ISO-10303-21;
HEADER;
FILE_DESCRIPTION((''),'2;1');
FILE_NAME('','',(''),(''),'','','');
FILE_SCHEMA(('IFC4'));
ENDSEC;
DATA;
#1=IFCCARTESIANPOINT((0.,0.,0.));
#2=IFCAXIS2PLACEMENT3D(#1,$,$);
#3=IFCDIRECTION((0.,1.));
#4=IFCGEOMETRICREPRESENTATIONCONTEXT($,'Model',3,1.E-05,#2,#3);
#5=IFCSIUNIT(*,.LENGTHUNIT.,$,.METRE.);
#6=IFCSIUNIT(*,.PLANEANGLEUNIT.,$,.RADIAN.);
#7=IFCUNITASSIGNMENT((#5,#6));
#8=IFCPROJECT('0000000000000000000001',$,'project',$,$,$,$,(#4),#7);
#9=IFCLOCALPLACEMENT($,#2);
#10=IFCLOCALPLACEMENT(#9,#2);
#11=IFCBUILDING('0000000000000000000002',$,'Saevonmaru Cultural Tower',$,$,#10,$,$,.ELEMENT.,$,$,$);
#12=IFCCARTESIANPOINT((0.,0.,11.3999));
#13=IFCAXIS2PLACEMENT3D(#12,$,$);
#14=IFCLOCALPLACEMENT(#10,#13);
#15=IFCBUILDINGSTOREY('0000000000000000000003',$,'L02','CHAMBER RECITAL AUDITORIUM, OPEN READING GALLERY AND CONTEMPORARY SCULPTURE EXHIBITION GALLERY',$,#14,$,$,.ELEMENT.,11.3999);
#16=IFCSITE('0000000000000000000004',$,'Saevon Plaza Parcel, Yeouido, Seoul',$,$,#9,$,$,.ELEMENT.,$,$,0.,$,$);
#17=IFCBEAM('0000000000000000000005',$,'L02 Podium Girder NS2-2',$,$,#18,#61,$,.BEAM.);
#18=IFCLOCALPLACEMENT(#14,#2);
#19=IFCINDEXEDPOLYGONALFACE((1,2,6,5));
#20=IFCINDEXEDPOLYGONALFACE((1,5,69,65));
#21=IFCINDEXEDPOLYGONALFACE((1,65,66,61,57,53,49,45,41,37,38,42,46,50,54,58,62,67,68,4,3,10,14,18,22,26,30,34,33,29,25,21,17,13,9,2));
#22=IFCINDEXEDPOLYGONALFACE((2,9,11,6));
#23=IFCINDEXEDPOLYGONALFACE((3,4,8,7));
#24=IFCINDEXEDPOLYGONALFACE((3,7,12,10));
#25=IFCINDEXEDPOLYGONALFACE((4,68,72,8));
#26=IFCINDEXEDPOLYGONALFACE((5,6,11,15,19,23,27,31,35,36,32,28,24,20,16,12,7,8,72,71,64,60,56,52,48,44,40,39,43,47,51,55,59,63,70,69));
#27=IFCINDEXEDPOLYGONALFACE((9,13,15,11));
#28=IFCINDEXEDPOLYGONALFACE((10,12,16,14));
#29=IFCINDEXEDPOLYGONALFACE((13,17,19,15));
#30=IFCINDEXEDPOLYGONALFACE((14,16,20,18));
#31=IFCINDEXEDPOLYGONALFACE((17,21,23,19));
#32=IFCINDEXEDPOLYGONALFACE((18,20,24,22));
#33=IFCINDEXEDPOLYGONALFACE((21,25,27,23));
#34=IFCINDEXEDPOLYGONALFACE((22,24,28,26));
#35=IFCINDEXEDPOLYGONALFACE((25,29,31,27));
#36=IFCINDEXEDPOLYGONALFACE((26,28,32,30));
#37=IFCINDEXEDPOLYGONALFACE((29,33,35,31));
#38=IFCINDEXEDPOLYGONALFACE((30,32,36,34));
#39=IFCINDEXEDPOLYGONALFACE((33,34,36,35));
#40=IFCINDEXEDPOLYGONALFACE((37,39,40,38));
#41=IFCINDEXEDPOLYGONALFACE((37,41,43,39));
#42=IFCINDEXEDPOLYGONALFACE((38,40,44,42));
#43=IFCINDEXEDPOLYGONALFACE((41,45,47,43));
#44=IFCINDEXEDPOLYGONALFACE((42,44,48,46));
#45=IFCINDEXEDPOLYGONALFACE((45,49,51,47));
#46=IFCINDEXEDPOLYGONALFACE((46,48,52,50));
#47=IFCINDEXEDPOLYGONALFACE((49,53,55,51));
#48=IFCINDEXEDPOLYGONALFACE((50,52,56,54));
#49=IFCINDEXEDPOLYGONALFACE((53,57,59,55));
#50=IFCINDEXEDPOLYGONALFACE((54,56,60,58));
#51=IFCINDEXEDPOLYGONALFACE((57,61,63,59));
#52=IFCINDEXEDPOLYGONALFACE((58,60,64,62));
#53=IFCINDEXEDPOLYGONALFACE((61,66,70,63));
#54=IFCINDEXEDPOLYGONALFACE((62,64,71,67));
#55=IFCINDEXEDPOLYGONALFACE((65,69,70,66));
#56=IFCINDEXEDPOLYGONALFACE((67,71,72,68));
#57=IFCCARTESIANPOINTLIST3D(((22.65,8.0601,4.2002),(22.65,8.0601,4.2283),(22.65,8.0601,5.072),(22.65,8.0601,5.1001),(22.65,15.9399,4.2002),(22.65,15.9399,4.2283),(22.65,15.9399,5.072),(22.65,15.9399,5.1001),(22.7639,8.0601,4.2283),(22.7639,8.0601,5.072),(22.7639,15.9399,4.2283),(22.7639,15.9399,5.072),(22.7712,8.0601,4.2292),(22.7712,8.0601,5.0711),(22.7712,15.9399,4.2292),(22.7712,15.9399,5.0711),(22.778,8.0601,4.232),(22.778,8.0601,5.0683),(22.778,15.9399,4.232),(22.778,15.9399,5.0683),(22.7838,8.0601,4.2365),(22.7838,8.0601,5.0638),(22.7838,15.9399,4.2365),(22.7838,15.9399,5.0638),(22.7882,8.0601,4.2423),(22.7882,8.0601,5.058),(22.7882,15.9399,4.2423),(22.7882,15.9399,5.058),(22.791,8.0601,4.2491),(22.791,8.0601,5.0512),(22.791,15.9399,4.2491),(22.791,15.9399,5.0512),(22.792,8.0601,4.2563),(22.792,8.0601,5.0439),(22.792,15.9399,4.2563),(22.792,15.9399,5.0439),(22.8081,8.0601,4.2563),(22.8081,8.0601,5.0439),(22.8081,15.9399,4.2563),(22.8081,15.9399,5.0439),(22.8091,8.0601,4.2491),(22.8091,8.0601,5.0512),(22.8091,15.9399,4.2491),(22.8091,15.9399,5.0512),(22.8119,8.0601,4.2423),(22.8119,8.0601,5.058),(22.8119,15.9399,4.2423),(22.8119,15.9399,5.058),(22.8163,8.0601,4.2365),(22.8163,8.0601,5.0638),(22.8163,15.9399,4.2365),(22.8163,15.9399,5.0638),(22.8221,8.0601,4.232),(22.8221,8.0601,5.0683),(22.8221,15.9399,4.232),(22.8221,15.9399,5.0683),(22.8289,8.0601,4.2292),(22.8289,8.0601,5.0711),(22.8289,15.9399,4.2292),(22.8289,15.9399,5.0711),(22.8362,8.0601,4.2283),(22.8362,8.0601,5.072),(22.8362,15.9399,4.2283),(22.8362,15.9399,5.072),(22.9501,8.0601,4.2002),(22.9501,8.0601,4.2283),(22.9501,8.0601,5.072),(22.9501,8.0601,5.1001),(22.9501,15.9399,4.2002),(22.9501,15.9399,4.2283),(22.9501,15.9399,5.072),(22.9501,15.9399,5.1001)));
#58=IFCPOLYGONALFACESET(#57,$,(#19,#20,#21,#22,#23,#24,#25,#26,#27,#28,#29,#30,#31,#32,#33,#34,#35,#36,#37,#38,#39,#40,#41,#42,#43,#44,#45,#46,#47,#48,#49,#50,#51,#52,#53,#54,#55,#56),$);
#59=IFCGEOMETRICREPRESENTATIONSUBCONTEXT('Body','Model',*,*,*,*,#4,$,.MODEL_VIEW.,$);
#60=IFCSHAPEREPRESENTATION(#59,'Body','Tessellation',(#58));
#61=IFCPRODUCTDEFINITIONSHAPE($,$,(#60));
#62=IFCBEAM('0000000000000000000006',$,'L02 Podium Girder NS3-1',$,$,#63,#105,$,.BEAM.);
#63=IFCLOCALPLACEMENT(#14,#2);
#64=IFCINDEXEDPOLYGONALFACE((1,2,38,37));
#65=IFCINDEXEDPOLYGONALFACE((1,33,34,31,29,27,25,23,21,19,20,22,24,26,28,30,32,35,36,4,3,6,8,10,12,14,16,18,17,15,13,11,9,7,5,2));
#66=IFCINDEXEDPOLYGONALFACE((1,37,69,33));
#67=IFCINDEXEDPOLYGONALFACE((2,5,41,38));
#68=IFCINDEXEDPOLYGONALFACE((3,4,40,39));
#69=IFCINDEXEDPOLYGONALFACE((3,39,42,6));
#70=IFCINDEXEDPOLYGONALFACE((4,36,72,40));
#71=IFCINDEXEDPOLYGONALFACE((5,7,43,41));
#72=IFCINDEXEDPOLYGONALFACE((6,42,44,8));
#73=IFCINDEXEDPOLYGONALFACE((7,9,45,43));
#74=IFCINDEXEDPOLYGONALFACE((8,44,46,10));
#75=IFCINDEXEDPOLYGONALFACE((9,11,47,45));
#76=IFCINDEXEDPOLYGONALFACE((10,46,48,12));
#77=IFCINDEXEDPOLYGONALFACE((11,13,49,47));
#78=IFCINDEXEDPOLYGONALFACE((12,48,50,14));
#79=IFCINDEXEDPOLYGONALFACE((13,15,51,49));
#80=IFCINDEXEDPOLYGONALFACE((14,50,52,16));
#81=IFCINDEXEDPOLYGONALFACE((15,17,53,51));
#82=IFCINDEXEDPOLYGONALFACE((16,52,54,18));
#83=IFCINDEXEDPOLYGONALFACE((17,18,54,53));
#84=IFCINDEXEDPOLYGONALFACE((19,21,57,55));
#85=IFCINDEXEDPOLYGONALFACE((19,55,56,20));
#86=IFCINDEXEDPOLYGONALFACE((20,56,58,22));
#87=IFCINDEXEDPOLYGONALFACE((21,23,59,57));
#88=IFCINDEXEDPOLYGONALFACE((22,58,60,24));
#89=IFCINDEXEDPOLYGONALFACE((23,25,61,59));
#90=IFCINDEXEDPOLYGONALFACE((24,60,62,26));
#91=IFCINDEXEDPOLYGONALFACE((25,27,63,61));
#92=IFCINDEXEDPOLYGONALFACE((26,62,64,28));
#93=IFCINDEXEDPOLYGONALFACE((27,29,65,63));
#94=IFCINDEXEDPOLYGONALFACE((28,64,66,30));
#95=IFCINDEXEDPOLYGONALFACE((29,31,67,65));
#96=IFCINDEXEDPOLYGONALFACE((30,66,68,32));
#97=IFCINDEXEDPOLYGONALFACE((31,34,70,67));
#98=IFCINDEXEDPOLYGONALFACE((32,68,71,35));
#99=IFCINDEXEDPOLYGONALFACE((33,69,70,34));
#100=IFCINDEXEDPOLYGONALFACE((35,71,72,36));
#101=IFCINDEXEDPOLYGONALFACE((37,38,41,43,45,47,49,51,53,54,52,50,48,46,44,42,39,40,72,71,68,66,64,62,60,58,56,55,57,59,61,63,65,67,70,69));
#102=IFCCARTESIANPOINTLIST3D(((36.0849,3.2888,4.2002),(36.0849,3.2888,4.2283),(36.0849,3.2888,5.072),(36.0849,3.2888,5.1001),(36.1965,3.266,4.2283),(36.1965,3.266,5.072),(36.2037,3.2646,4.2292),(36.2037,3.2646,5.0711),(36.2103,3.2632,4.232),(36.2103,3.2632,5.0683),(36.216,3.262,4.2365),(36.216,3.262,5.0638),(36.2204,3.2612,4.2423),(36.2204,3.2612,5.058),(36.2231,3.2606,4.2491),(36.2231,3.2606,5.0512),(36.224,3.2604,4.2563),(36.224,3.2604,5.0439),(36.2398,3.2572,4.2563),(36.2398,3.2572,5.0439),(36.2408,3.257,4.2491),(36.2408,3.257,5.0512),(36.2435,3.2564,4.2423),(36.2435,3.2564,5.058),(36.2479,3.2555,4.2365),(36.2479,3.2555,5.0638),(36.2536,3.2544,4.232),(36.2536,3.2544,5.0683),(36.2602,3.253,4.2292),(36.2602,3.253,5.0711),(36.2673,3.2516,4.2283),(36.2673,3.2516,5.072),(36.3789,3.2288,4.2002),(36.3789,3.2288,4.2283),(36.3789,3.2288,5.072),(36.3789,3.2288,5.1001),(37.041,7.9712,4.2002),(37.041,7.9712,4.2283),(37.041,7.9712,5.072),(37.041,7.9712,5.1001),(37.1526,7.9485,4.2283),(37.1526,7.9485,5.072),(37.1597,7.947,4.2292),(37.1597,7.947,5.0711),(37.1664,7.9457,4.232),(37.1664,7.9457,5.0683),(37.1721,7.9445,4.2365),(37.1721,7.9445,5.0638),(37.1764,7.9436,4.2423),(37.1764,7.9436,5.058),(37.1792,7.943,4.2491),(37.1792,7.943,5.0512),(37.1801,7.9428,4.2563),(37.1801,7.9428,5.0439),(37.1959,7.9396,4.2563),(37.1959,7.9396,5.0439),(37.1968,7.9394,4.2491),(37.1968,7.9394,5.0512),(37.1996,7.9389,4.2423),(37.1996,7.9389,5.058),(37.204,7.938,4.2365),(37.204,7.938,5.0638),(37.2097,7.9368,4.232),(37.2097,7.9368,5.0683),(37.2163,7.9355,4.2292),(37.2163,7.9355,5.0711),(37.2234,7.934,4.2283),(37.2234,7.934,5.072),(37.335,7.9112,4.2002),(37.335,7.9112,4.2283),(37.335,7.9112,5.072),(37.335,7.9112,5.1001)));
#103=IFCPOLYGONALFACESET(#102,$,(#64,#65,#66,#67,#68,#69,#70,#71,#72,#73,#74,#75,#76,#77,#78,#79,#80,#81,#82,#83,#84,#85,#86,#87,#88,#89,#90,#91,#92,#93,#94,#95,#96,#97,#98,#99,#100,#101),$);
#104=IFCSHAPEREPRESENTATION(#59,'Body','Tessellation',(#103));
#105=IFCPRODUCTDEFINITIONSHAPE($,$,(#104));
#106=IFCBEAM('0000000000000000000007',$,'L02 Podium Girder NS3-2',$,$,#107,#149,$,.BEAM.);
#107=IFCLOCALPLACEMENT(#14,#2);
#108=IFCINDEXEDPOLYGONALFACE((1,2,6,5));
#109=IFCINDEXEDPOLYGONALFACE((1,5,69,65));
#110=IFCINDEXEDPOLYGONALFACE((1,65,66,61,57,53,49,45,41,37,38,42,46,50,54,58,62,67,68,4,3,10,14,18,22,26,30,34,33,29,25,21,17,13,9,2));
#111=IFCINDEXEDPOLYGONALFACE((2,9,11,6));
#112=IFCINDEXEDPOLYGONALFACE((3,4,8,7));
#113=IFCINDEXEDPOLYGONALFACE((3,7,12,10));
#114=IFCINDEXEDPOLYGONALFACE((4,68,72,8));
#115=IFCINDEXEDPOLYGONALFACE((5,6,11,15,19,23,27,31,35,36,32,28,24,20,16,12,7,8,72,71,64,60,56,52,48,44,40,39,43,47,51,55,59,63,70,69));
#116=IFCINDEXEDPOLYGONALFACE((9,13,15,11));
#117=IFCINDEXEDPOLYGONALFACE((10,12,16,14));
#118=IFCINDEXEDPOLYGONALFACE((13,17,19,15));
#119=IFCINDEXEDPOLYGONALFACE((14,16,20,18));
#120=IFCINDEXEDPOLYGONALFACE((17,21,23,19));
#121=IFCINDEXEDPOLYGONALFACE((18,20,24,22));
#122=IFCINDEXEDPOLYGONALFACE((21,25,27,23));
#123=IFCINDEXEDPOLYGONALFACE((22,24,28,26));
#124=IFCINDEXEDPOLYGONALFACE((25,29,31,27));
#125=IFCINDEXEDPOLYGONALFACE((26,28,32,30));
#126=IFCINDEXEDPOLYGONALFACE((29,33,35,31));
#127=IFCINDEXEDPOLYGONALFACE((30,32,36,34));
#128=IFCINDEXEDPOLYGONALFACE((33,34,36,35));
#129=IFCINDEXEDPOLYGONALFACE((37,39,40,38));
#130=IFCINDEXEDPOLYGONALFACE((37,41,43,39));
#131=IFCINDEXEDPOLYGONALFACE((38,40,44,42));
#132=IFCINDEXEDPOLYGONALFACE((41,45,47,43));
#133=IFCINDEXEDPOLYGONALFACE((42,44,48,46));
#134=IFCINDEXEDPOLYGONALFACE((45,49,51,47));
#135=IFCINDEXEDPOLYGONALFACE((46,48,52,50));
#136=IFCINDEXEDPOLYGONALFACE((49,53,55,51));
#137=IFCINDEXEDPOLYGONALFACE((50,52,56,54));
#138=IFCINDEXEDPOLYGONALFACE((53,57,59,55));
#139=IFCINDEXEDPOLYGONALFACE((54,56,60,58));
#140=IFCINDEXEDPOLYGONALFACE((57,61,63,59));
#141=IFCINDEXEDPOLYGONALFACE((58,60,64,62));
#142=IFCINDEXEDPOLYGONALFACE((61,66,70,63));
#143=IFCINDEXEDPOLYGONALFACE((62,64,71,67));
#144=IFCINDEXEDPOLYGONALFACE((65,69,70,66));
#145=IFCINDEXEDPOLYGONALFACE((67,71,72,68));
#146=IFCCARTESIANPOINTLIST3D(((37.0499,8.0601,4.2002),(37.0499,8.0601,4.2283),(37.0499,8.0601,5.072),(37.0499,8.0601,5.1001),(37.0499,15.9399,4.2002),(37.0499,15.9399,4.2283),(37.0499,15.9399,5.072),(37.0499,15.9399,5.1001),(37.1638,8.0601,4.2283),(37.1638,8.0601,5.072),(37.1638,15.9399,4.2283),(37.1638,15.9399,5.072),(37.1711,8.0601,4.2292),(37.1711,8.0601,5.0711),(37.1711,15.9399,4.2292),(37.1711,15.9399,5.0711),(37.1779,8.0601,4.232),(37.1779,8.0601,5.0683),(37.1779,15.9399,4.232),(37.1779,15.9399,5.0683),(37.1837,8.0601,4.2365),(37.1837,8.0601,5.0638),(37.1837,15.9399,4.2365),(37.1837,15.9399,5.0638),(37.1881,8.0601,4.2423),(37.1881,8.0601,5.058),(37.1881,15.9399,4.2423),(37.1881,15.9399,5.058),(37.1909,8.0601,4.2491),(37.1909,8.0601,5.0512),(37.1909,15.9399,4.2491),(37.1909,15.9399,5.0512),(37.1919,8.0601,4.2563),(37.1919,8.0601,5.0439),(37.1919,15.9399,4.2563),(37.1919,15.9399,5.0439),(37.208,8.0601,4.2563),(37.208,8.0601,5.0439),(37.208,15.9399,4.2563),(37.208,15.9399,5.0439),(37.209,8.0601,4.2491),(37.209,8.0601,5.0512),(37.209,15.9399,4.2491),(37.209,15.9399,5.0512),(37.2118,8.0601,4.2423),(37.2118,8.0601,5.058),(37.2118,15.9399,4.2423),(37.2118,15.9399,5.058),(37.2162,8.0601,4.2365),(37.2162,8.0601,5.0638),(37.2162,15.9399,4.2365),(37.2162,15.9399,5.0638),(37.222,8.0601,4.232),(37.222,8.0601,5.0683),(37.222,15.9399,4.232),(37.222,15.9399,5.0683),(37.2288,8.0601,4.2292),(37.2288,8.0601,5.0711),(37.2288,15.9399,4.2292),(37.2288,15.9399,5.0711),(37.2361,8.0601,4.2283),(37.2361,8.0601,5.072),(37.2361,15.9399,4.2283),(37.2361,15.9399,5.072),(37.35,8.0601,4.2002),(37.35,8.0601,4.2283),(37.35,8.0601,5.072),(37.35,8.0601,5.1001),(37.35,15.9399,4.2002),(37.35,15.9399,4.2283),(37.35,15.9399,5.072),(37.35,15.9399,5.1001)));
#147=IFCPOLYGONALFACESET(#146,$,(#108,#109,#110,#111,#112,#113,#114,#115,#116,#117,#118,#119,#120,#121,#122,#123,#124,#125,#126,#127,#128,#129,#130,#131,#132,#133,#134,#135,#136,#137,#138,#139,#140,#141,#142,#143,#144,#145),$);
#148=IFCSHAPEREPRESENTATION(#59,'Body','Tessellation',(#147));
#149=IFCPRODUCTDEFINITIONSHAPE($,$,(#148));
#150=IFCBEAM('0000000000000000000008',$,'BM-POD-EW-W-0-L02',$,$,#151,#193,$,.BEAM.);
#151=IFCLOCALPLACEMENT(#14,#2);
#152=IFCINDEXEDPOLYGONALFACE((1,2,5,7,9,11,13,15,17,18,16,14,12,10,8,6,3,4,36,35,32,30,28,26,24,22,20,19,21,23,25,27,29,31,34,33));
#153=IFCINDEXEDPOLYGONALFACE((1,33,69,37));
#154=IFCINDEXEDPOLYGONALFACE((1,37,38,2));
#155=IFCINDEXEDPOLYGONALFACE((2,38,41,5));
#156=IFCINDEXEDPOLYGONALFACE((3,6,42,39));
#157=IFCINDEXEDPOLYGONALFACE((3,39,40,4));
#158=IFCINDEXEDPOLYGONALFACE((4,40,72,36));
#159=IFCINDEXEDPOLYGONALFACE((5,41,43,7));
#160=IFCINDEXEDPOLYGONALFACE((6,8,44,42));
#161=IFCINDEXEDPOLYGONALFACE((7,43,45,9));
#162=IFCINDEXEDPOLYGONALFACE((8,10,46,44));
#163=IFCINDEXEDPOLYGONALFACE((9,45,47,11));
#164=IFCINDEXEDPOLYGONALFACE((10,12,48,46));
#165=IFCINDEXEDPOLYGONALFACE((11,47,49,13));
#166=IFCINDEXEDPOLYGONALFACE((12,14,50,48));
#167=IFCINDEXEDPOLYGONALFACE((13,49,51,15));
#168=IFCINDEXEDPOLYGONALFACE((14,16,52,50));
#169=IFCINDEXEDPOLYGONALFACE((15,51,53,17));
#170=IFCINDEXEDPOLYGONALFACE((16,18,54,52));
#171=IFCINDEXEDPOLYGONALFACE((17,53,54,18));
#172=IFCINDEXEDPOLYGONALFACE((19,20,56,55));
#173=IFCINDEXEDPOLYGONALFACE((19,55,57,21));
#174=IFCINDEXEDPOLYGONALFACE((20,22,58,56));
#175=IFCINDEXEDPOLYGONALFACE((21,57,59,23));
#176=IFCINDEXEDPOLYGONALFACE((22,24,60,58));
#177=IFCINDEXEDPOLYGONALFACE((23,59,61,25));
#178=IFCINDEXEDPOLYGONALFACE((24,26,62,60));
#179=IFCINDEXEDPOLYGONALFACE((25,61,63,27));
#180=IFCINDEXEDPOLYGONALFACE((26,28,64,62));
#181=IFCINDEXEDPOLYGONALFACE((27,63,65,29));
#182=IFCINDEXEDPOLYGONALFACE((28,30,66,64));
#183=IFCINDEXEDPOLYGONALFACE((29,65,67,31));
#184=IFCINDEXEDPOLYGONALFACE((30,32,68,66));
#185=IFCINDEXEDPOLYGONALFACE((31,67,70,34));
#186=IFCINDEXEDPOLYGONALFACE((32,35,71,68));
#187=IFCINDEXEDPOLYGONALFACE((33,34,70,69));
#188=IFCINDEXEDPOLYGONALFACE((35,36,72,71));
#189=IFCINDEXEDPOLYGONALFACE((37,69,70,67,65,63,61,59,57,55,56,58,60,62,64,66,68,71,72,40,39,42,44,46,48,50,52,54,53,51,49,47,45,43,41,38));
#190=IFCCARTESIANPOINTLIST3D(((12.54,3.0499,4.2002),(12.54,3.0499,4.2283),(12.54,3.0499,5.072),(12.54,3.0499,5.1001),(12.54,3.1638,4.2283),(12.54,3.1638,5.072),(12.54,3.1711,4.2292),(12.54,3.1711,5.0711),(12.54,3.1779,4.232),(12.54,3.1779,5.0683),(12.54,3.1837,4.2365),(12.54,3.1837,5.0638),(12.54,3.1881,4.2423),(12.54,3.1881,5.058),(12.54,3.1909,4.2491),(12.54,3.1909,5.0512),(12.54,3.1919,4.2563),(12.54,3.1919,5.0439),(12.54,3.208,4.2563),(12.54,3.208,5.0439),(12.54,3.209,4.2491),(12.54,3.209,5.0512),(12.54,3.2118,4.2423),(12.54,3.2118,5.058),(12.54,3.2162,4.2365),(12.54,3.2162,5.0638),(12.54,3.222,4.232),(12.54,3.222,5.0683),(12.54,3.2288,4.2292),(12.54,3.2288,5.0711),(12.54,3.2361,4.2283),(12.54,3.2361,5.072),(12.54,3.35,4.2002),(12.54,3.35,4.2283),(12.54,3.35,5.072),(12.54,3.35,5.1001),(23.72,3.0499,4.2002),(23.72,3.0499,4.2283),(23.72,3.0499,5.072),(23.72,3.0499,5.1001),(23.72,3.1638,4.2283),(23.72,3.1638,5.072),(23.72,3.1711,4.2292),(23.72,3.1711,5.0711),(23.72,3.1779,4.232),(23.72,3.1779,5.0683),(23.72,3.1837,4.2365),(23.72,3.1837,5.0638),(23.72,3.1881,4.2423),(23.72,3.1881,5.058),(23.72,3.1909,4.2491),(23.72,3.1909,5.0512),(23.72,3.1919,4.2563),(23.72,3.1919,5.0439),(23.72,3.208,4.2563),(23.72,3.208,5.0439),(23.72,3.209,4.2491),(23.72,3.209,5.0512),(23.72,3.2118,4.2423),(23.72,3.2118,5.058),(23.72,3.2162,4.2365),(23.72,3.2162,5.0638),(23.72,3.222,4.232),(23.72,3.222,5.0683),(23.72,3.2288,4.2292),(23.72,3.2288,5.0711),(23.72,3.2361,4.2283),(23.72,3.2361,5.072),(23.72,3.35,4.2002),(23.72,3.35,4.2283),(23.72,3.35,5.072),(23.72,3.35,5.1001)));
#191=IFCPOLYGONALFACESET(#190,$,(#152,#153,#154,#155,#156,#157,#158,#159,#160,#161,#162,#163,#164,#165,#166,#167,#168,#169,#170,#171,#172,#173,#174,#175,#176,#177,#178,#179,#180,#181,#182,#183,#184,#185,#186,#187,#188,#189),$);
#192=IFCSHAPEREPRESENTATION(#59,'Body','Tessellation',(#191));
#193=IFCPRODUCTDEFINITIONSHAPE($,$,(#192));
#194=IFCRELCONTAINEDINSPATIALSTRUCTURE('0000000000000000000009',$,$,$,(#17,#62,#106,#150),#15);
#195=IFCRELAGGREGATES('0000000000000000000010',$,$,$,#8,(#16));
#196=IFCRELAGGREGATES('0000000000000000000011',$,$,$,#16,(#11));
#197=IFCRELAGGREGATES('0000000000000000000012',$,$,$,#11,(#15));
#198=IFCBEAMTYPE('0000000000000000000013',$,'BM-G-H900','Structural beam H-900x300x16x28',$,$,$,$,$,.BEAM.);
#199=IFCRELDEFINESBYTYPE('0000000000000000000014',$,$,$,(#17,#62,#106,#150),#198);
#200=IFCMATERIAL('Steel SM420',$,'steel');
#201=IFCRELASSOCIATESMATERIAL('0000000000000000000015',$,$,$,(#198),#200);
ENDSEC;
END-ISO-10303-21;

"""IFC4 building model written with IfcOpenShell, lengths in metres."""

from ifc_helpers import new_model, si_unit, direction, frame, origin, origin_2d, place, context, subcontext, project, spatial, i_section, extrude, material, material_profile, profile_set, type_object, element, save


model = new_model("IFC4")

# Units and contexts
model_context = context("Model", 3, precision=1e-05, world=origin(), true_north=direction((0.0, 1.0)))
body_context = subcontext(model_context, "Body", "Model", "MODEL_VIEW")
ifc_project = project(units=[si_unit("LENGTHUNIT", "METRE"), si_unit("PLANEANGLEUNIT", "RADIAN")], contexts=[model_context])

# Site, building, storey
site_placement = place(None, origin())
site = spatial("IfcSite", under=ifc_project, at=site_placement, Name="Saevon Plaza Parcel, Yeouido, Seoul", CompositionType="ELEMENT", RefElevation=0.0)
building_placement = place(site_placement, origin())
building = spatial("IfcBuilding", under=site, at=building_placement, Name="Saevonmaru Cultural Tower", CompositionType="ELEMENT")
storey_placement = place(building_placement, frame((0.0, 0.0, 11.3999)))
storey = spatial("IfcBuildingStorey", under=building, at=storey_placement, Name="L02", Description="CHAMBER RECITAL AUDITORIUM, OPEN READING GALLERY AND CONTEMPORARY SCULPTURE EXHIBITION GALLERY", CompositionType="ELEMENT", Elevation=11.3999)

# Shared definitions
ifc_material_1 = material(Name="Steel SM420", Category="steel")

# Beams
ifc_material_profile_1 = material_profile(ifc_material_1, i_section(OverallWidth=0.3, OverallDepth=0.8999, WebThickness=0.0161, FlangeThickness=0.0281, FilletRadius=0.0281, at=origin_2d()), Name="H-900x300x16x28")
ifc_profile_set_1 = profile_set([ifc_material_profile_1], Name="Steel SM420")
beam_type_1 = type_object("IfcBeamType", Name="BM-G-H900", Description="Structural beam H-900x300x16x28", PredefinedType="BEAM", material=ifc_profile_set_1)
beam_1_placement = place(storey_placement, frame((22.8, 8.0601, 4.6501), z_axis=(0.0, 1.0, 0.0), x_axis=(-1.0, 0.0, 0.0)))
element("IfcBeam", 1, at=beam_1_placement, inside=storey, type_object=beam_type_1, Name="L02 Podium Girder NS2-2", PredefinedType="BEAM", context=body_context, shape_type="SweptSolid", body=[
    extrude(i_section(OverallWidth=0.3, OverallDepth=0.8999, WebThickness=0.0161, FlangeThickness=0.0281, FilletRadius=0.0281, at=origin_2d()), origin(), (0.0, 0.0, 1.0), 7.8799),
])
beam_2_placement = place(storey_placement, frame((36.2319, 3.2588, 4.6501), z_axis=(0.200054, 0.979785, 0.0), x_axis=(-0.979785, 0.200054, 0.0)))
element("IfcBeam", 2, at=beam_2_placement, inside=storey, type_object=beam_type_1, Name="L02 Podium Girder NS3-1", PredefinedType="BEAM", context=body_context, shape_type="SweptSolid", body=[
    extrude(i_section(OverallWidth=0.3, OverallDepth=0.8999, WebThickness=0.0161, FlangeThickness=0.0281, FilletRadius=0.0281, at=origin_2d()), origin(), (0.0, 0.0, 1.0), 4.7791),
])
beam_3_placement = place(storey_placement, frame((37.2, 8.0601, 4.6501), z_axis=(0.0, 1.0, 0.0), x_axis=(-1.0, 0.0, 0.0)))
element("IfcBeam", 3, at=beam_3_placement, inside=storey, type_object=beam_type_1, Name="L02 Podium Girder NS3-2", PredefinedType="BEAM", context=body_context, shape_type="SweptSolid", body=[
    extrude(i_section(OverallWidth=0.3, OverallDepth=0.8999, WebThickness=0.0161, FlangeThickness=0.0281, FilletRadius=0.0281, at=origin_2d()), origin(), (0.0, 0.0, 1.0), 7.8799),
])
beam_4_placement = place(storey_placement, frame((12.54, 3.2, 4.6501), z_axis=(1.0, 0.0, 0.0), x_axis=(0.0, 1.0, 0.0)))
element("IfcBeam", 4, at=beam_4_placement, inside=storey, type_object=beam_type_1, Name="BM-POD-EW-W-0-L02", PredefinedType="BEAM", context=body_context, shape_type="SweptSolid", body=[
    extrude(i_section(OverallWidth=0.3, OverallDepth=0.8999, WebThickness=0.0161, FlangeThickness=0.0281, FilletRadius=0.0281, at=origin_2d()), origin(), (0.0, 0.0, 1.0), 11.1799),
])

save(model, "model.ifc")
